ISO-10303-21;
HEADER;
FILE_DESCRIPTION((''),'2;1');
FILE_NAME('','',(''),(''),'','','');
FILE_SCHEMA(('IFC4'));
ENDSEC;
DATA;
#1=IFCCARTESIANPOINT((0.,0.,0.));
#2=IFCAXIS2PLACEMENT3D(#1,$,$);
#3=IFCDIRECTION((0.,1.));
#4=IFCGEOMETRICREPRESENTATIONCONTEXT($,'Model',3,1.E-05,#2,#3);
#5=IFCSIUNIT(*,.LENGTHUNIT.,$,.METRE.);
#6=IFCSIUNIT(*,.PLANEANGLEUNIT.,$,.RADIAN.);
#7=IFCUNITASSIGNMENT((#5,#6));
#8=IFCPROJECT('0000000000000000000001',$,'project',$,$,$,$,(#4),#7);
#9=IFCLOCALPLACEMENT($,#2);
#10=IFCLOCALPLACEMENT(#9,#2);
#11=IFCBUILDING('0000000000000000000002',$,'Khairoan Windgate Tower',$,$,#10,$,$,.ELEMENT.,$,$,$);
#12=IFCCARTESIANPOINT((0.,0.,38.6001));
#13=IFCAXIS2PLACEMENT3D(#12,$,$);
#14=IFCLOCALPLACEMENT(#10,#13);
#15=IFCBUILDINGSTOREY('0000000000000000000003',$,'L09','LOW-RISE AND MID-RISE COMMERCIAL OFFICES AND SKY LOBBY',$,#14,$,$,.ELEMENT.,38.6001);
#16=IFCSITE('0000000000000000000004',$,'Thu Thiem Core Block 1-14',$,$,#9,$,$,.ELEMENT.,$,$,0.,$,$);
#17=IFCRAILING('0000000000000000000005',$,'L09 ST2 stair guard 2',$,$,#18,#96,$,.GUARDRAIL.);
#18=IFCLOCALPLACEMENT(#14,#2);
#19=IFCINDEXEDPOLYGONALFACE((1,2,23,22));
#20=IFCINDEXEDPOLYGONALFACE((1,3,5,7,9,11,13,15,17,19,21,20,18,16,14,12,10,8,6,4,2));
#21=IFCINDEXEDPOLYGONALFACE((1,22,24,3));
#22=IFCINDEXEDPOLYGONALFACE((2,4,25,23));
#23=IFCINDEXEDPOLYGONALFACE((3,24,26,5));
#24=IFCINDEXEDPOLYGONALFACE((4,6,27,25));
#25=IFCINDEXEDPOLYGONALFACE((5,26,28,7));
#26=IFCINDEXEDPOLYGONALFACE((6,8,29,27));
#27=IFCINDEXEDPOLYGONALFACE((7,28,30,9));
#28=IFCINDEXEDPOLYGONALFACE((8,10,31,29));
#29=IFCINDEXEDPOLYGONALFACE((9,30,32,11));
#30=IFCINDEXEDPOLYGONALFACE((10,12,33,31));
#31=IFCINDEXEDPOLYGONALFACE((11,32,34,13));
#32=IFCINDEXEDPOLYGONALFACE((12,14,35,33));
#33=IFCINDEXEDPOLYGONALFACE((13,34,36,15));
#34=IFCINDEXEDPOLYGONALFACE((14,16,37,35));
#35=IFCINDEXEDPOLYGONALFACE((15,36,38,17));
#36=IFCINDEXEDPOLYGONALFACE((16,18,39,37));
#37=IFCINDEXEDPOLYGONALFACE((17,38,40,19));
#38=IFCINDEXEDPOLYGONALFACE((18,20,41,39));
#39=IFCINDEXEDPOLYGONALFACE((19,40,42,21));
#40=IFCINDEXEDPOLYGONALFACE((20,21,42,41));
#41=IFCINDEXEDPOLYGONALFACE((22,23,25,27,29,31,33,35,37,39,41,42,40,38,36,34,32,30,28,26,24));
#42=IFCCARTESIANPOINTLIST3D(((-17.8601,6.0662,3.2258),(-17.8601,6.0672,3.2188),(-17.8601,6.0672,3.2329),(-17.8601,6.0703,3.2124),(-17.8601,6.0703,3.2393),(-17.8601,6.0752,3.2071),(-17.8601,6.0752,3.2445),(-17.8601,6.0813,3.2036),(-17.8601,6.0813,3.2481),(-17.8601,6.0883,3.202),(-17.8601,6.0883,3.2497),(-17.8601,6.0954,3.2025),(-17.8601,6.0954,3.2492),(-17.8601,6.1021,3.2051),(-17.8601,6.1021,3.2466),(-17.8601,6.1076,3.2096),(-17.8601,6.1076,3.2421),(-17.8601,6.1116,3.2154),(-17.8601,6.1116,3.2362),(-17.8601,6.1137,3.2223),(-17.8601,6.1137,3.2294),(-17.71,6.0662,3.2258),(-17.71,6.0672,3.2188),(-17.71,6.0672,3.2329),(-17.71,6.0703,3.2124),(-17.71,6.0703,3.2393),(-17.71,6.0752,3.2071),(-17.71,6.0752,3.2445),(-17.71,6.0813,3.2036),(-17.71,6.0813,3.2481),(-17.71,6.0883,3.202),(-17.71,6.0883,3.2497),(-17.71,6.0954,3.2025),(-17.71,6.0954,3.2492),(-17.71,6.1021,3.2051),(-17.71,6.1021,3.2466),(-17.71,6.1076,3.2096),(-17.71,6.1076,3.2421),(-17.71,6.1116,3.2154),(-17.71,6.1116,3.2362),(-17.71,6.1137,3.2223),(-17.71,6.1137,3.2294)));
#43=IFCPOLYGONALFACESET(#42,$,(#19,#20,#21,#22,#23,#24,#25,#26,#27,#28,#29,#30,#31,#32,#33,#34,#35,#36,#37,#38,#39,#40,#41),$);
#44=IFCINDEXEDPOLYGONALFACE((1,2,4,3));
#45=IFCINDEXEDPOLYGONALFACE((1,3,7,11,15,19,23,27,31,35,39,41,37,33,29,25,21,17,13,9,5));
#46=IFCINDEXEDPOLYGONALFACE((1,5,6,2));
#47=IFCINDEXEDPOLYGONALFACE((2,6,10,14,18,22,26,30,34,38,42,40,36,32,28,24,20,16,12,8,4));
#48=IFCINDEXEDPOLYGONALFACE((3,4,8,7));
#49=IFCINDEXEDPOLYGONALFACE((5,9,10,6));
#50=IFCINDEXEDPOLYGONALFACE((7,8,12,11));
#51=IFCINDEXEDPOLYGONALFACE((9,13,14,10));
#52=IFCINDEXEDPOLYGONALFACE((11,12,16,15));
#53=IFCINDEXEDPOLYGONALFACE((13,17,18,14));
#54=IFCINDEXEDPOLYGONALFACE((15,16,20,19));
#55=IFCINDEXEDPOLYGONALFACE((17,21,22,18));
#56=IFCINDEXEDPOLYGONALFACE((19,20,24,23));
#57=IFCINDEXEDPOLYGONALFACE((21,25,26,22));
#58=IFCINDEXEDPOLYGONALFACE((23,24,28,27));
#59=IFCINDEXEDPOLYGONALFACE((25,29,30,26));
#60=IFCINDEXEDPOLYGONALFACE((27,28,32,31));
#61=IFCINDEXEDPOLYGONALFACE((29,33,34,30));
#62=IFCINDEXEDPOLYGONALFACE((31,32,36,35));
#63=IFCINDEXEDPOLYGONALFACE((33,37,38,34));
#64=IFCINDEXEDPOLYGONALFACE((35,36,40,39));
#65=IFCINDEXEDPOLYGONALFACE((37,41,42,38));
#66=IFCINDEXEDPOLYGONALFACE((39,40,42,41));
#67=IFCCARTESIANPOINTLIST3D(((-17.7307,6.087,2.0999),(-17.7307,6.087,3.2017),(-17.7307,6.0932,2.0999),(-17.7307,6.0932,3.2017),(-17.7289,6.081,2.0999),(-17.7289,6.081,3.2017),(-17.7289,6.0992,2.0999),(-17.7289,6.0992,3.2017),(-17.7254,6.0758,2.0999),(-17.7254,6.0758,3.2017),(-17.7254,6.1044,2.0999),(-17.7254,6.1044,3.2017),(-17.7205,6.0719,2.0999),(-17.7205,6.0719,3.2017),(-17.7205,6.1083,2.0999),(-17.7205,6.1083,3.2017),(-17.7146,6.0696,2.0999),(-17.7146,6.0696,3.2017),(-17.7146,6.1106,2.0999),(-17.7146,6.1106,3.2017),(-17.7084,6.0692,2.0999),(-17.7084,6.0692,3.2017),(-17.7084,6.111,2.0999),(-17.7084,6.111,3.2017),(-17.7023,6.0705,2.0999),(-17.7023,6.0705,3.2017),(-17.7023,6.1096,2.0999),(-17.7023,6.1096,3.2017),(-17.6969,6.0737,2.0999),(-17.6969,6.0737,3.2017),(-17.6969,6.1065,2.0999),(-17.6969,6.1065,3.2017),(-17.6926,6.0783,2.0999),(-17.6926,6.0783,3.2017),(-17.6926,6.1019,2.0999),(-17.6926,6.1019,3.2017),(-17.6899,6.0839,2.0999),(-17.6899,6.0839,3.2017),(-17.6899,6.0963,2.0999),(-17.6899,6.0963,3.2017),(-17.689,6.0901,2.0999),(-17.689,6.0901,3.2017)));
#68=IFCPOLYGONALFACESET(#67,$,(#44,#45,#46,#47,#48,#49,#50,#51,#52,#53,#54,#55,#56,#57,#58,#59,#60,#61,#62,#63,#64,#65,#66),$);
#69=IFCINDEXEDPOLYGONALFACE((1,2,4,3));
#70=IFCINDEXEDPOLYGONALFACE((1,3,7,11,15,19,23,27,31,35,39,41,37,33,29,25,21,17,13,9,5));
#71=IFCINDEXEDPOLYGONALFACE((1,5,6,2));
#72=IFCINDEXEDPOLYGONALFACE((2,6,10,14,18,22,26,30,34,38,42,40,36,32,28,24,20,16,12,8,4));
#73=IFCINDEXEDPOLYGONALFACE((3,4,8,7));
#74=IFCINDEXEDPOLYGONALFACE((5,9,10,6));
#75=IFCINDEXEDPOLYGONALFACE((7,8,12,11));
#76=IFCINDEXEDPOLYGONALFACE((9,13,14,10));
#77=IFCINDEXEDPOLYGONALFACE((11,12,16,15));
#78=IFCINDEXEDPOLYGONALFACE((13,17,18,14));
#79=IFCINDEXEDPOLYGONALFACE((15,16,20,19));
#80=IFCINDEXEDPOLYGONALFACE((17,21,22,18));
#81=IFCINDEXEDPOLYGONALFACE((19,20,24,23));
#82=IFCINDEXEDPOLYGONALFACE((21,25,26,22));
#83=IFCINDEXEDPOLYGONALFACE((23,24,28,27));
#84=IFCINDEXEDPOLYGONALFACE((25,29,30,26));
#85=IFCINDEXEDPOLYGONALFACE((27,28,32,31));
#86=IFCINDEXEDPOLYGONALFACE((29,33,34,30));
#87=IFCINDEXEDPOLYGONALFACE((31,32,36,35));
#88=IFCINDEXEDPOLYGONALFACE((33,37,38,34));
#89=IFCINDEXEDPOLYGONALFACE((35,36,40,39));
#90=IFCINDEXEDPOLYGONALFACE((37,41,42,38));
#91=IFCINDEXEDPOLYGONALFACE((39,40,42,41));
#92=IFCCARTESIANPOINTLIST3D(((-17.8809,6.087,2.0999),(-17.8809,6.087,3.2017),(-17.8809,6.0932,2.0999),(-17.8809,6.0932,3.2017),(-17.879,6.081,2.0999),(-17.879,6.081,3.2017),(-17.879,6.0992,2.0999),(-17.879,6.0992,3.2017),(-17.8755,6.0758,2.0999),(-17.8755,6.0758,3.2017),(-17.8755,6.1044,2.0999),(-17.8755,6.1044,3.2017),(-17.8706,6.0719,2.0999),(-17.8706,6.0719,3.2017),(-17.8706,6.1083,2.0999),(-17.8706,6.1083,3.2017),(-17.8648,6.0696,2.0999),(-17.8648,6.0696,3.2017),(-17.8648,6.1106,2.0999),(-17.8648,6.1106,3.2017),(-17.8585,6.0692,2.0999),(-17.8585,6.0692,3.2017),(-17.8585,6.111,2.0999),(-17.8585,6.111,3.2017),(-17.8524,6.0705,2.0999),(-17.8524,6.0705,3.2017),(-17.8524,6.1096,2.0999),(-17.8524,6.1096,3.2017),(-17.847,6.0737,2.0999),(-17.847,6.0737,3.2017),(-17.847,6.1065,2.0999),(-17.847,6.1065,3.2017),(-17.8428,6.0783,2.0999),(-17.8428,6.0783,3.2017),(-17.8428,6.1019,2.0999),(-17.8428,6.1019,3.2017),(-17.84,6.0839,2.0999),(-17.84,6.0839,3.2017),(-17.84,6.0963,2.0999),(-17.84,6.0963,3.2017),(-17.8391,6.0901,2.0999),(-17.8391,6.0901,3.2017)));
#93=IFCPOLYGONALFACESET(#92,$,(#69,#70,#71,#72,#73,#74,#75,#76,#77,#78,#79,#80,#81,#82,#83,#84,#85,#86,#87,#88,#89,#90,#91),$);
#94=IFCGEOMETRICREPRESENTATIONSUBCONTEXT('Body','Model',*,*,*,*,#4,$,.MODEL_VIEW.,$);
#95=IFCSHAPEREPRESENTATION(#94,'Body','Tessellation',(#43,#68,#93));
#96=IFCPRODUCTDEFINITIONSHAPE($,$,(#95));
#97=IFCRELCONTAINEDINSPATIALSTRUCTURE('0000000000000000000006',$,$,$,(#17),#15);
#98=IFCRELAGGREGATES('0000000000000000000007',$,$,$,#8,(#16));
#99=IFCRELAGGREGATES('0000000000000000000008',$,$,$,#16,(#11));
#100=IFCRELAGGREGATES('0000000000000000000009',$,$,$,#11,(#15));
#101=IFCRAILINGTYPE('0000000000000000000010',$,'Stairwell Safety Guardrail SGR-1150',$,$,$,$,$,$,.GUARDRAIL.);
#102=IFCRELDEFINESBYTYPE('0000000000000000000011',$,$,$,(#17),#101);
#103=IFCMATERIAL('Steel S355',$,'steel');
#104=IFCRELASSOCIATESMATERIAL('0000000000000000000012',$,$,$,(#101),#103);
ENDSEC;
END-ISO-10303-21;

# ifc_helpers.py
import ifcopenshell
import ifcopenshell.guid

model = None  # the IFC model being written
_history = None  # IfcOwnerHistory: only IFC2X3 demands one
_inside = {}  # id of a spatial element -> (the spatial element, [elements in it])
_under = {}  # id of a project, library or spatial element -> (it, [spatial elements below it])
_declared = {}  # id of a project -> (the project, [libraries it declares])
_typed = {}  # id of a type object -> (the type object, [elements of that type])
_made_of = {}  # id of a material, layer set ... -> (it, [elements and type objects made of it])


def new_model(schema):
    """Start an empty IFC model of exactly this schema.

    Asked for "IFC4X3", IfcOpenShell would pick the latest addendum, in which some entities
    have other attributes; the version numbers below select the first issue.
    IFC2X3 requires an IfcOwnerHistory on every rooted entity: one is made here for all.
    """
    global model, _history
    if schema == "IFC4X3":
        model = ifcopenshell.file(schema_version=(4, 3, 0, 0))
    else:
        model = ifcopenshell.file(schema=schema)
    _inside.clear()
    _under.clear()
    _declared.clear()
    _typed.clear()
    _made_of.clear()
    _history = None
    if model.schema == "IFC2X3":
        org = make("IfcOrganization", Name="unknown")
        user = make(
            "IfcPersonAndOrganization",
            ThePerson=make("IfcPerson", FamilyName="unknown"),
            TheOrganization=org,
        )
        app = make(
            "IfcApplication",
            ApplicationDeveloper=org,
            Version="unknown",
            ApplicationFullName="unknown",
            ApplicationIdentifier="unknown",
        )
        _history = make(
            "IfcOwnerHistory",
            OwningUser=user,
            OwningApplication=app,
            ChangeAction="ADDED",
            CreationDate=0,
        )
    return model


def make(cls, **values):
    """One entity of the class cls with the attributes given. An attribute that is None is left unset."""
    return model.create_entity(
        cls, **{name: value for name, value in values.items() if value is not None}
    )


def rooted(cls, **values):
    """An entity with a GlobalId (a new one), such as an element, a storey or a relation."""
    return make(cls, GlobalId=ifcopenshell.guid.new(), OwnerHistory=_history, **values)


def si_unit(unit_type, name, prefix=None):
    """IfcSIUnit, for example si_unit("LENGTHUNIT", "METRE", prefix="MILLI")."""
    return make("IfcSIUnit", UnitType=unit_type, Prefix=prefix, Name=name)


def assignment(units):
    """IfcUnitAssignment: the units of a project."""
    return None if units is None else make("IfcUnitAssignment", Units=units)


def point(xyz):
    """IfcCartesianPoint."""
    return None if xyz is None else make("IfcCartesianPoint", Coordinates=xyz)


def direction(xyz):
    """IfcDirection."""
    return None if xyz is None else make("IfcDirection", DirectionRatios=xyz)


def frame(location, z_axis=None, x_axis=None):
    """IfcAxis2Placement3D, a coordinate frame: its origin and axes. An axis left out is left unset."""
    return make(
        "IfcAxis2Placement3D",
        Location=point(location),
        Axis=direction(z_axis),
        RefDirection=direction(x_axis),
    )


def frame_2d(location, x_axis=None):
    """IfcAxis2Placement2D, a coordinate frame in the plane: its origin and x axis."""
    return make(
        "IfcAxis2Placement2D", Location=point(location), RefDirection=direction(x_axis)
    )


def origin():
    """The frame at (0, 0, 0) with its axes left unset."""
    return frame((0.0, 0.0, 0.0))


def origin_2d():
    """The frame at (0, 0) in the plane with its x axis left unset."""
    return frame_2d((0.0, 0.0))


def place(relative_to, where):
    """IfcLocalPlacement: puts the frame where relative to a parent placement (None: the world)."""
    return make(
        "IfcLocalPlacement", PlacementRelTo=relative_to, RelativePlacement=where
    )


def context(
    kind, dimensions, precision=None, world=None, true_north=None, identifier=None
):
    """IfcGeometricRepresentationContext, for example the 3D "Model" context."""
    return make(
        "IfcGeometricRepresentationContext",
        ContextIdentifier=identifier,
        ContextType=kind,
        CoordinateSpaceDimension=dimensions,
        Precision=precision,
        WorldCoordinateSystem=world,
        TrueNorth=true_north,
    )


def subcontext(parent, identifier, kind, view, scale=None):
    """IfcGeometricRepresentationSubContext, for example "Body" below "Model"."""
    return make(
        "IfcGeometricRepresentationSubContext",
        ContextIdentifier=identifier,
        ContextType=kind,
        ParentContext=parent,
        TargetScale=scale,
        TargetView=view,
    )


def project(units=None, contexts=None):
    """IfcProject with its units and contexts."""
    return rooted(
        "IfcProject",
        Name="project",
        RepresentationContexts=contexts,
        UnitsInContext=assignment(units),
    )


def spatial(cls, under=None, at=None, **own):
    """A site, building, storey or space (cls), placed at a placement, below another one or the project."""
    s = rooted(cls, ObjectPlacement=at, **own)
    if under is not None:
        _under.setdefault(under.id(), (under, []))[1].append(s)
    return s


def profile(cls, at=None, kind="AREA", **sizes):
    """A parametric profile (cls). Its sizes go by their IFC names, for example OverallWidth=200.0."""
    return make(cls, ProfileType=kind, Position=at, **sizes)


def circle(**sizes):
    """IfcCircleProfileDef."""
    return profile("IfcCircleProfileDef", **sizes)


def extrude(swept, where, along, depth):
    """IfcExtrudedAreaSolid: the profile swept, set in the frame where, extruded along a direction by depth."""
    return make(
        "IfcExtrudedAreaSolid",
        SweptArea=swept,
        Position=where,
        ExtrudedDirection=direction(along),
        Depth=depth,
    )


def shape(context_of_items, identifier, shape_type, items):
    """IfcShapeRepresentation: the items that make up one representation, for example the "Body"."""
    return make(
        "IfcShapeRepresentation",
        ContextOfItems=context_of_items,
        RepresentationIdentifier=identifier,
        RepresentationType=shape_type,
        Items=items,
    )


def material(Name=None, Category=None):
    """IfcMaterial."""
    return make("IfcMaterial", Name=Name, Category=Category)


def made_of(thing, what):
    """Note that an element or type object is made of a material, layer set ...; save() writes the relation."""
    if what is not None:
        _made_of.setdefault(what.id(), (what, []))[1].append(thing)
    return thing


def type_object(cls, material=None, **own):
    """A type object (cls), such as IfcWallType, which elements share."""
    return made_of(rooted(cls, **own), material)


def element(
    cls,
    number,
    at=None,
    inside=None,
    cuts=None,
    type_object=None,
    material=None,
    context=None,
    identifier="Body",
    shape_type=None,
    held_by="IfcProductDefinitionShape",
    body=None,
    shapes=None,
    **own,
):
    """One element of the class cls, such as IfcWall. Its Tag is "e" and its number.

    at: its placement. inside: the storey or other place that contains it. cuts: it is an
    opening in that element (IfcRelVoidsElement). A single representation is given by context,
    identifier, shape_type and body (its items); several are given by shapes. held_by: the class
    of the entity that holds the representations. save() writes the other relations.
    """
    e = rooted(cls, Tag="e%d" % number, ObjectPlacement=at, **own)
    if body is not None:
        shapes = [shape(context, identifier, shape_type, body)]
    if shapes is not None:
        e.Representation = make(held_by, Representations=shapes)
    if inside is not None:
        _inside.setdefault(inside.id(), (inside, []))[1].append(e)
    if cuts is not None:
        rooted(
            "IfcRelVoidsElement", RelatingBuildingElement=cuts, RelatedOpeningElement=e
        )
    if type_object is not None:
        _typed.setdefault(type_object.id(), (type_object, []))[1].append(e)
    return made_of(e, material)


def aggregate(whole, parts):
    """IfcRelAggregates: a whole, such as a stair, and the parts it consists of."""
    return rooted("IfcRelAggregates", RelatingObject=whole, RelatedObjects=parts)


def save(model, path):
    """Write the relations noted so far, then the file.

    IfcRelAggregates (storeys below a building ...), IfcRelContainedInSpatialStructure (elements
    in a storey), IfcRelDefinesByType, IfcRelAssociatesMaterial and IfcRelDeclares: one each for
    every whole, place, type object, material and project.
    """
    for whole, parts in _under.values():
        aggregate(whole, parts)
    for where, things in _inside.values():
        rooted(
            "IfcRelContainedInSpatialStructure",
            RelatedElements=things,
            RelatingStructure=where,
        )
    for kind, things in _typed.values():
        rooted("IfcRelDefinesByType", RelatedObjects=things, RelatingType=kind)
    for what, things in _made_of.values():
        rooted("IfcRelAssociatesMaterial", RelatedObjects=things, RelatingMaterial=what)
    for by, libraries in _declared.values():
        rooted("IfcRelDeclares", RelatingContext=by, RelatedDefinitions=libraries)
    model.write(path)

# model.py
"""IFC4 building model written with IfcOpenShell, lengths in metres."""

from ifc_helpers import new_model, si_unit, direction, frame, origin, origin_2d, place, context, subcontext, project, spatial, circle, extrude, material, type_object, element, save


model = new_model("IFC4")

# Units and contexts
model_context = context("Model", 3, precision=1e-05, world=origin(), true_north=direction((0.0, 1.0)))
body_context = subcontext(model_context, "Body", "Model", "MODEL_VIEW")
ifc_project = project(units=[si_unit("LENGTHUNIT", "METRE"), si_unit("PLANEANGLEUNIT", "RADIAN")], contexts=[model_context])

# Site, building, storey
site_placement = place(None, origin())
site = spatial("IfcSite", under=ifc_project, at=site_placement, Name="Thu Thiem Core Block 1-14", CompositionType="ELEMENT", RefElevation=0.0)
building_placement = place(site_placement, origin())
building = spatial("IfcBuilding", under=site, at=building_placement, Name="Khairoan Windgate Tower", CompositionType="ELEMENT")
storey_placement = place(building_placement, frame((0.0, 0.0, 38.6001)))
storey = spatial("IfcBuildingStorey", under=building, at=storey_placement, Name="L09", Description="LOW-RISE AND MID-RISE COMMERCIAL OFFICES AND SKY LOBBY", CompositionType="ELEMENT", Elevation=38.6001)

# Railing
ifc_material_1 = material(Name="Steel S355", Category="steel")
railing_type_1 = type_object("IfcRailingType", Name="Stairwell Safety Guardrail SGR-1150", PredefinedType="GUARDRAIL", material=ifc_material_1)
railing_1_placement = place(storey_placement, frame((-17.71, 6.0901, 2.0999)))
element("IfcRailing", 1, at=railing_1_placement, inside=storey, type_object=railing_type_1, Name="L09 ST2 stair guard 2", PredefinedType="GUARDRAIL", context=body_context, shape_type="SweptSolid", body=[
    extrude(circle(Radius=0.0239, at=origin_2d()), frame((0.0, 0.0, 1.126), z_axis=(-1.0, 0.0, 0.0), x_axis=(0.0, -1.0, 0.0)), (0.0, 0.0, 1.0), 0.1501),
    extrude(circle(Radius=0.021, at=origin_2d()), origin(), (0.0, 0.0, 1.0), 1.1018),
    extrude(circle(Radius=0.021, at=origin_2d()), frame((-0.1501, 0.0, 0.0)), (0.0, 0.0, 1.0), 1.1018),
])

save(model, "model.ifc")
